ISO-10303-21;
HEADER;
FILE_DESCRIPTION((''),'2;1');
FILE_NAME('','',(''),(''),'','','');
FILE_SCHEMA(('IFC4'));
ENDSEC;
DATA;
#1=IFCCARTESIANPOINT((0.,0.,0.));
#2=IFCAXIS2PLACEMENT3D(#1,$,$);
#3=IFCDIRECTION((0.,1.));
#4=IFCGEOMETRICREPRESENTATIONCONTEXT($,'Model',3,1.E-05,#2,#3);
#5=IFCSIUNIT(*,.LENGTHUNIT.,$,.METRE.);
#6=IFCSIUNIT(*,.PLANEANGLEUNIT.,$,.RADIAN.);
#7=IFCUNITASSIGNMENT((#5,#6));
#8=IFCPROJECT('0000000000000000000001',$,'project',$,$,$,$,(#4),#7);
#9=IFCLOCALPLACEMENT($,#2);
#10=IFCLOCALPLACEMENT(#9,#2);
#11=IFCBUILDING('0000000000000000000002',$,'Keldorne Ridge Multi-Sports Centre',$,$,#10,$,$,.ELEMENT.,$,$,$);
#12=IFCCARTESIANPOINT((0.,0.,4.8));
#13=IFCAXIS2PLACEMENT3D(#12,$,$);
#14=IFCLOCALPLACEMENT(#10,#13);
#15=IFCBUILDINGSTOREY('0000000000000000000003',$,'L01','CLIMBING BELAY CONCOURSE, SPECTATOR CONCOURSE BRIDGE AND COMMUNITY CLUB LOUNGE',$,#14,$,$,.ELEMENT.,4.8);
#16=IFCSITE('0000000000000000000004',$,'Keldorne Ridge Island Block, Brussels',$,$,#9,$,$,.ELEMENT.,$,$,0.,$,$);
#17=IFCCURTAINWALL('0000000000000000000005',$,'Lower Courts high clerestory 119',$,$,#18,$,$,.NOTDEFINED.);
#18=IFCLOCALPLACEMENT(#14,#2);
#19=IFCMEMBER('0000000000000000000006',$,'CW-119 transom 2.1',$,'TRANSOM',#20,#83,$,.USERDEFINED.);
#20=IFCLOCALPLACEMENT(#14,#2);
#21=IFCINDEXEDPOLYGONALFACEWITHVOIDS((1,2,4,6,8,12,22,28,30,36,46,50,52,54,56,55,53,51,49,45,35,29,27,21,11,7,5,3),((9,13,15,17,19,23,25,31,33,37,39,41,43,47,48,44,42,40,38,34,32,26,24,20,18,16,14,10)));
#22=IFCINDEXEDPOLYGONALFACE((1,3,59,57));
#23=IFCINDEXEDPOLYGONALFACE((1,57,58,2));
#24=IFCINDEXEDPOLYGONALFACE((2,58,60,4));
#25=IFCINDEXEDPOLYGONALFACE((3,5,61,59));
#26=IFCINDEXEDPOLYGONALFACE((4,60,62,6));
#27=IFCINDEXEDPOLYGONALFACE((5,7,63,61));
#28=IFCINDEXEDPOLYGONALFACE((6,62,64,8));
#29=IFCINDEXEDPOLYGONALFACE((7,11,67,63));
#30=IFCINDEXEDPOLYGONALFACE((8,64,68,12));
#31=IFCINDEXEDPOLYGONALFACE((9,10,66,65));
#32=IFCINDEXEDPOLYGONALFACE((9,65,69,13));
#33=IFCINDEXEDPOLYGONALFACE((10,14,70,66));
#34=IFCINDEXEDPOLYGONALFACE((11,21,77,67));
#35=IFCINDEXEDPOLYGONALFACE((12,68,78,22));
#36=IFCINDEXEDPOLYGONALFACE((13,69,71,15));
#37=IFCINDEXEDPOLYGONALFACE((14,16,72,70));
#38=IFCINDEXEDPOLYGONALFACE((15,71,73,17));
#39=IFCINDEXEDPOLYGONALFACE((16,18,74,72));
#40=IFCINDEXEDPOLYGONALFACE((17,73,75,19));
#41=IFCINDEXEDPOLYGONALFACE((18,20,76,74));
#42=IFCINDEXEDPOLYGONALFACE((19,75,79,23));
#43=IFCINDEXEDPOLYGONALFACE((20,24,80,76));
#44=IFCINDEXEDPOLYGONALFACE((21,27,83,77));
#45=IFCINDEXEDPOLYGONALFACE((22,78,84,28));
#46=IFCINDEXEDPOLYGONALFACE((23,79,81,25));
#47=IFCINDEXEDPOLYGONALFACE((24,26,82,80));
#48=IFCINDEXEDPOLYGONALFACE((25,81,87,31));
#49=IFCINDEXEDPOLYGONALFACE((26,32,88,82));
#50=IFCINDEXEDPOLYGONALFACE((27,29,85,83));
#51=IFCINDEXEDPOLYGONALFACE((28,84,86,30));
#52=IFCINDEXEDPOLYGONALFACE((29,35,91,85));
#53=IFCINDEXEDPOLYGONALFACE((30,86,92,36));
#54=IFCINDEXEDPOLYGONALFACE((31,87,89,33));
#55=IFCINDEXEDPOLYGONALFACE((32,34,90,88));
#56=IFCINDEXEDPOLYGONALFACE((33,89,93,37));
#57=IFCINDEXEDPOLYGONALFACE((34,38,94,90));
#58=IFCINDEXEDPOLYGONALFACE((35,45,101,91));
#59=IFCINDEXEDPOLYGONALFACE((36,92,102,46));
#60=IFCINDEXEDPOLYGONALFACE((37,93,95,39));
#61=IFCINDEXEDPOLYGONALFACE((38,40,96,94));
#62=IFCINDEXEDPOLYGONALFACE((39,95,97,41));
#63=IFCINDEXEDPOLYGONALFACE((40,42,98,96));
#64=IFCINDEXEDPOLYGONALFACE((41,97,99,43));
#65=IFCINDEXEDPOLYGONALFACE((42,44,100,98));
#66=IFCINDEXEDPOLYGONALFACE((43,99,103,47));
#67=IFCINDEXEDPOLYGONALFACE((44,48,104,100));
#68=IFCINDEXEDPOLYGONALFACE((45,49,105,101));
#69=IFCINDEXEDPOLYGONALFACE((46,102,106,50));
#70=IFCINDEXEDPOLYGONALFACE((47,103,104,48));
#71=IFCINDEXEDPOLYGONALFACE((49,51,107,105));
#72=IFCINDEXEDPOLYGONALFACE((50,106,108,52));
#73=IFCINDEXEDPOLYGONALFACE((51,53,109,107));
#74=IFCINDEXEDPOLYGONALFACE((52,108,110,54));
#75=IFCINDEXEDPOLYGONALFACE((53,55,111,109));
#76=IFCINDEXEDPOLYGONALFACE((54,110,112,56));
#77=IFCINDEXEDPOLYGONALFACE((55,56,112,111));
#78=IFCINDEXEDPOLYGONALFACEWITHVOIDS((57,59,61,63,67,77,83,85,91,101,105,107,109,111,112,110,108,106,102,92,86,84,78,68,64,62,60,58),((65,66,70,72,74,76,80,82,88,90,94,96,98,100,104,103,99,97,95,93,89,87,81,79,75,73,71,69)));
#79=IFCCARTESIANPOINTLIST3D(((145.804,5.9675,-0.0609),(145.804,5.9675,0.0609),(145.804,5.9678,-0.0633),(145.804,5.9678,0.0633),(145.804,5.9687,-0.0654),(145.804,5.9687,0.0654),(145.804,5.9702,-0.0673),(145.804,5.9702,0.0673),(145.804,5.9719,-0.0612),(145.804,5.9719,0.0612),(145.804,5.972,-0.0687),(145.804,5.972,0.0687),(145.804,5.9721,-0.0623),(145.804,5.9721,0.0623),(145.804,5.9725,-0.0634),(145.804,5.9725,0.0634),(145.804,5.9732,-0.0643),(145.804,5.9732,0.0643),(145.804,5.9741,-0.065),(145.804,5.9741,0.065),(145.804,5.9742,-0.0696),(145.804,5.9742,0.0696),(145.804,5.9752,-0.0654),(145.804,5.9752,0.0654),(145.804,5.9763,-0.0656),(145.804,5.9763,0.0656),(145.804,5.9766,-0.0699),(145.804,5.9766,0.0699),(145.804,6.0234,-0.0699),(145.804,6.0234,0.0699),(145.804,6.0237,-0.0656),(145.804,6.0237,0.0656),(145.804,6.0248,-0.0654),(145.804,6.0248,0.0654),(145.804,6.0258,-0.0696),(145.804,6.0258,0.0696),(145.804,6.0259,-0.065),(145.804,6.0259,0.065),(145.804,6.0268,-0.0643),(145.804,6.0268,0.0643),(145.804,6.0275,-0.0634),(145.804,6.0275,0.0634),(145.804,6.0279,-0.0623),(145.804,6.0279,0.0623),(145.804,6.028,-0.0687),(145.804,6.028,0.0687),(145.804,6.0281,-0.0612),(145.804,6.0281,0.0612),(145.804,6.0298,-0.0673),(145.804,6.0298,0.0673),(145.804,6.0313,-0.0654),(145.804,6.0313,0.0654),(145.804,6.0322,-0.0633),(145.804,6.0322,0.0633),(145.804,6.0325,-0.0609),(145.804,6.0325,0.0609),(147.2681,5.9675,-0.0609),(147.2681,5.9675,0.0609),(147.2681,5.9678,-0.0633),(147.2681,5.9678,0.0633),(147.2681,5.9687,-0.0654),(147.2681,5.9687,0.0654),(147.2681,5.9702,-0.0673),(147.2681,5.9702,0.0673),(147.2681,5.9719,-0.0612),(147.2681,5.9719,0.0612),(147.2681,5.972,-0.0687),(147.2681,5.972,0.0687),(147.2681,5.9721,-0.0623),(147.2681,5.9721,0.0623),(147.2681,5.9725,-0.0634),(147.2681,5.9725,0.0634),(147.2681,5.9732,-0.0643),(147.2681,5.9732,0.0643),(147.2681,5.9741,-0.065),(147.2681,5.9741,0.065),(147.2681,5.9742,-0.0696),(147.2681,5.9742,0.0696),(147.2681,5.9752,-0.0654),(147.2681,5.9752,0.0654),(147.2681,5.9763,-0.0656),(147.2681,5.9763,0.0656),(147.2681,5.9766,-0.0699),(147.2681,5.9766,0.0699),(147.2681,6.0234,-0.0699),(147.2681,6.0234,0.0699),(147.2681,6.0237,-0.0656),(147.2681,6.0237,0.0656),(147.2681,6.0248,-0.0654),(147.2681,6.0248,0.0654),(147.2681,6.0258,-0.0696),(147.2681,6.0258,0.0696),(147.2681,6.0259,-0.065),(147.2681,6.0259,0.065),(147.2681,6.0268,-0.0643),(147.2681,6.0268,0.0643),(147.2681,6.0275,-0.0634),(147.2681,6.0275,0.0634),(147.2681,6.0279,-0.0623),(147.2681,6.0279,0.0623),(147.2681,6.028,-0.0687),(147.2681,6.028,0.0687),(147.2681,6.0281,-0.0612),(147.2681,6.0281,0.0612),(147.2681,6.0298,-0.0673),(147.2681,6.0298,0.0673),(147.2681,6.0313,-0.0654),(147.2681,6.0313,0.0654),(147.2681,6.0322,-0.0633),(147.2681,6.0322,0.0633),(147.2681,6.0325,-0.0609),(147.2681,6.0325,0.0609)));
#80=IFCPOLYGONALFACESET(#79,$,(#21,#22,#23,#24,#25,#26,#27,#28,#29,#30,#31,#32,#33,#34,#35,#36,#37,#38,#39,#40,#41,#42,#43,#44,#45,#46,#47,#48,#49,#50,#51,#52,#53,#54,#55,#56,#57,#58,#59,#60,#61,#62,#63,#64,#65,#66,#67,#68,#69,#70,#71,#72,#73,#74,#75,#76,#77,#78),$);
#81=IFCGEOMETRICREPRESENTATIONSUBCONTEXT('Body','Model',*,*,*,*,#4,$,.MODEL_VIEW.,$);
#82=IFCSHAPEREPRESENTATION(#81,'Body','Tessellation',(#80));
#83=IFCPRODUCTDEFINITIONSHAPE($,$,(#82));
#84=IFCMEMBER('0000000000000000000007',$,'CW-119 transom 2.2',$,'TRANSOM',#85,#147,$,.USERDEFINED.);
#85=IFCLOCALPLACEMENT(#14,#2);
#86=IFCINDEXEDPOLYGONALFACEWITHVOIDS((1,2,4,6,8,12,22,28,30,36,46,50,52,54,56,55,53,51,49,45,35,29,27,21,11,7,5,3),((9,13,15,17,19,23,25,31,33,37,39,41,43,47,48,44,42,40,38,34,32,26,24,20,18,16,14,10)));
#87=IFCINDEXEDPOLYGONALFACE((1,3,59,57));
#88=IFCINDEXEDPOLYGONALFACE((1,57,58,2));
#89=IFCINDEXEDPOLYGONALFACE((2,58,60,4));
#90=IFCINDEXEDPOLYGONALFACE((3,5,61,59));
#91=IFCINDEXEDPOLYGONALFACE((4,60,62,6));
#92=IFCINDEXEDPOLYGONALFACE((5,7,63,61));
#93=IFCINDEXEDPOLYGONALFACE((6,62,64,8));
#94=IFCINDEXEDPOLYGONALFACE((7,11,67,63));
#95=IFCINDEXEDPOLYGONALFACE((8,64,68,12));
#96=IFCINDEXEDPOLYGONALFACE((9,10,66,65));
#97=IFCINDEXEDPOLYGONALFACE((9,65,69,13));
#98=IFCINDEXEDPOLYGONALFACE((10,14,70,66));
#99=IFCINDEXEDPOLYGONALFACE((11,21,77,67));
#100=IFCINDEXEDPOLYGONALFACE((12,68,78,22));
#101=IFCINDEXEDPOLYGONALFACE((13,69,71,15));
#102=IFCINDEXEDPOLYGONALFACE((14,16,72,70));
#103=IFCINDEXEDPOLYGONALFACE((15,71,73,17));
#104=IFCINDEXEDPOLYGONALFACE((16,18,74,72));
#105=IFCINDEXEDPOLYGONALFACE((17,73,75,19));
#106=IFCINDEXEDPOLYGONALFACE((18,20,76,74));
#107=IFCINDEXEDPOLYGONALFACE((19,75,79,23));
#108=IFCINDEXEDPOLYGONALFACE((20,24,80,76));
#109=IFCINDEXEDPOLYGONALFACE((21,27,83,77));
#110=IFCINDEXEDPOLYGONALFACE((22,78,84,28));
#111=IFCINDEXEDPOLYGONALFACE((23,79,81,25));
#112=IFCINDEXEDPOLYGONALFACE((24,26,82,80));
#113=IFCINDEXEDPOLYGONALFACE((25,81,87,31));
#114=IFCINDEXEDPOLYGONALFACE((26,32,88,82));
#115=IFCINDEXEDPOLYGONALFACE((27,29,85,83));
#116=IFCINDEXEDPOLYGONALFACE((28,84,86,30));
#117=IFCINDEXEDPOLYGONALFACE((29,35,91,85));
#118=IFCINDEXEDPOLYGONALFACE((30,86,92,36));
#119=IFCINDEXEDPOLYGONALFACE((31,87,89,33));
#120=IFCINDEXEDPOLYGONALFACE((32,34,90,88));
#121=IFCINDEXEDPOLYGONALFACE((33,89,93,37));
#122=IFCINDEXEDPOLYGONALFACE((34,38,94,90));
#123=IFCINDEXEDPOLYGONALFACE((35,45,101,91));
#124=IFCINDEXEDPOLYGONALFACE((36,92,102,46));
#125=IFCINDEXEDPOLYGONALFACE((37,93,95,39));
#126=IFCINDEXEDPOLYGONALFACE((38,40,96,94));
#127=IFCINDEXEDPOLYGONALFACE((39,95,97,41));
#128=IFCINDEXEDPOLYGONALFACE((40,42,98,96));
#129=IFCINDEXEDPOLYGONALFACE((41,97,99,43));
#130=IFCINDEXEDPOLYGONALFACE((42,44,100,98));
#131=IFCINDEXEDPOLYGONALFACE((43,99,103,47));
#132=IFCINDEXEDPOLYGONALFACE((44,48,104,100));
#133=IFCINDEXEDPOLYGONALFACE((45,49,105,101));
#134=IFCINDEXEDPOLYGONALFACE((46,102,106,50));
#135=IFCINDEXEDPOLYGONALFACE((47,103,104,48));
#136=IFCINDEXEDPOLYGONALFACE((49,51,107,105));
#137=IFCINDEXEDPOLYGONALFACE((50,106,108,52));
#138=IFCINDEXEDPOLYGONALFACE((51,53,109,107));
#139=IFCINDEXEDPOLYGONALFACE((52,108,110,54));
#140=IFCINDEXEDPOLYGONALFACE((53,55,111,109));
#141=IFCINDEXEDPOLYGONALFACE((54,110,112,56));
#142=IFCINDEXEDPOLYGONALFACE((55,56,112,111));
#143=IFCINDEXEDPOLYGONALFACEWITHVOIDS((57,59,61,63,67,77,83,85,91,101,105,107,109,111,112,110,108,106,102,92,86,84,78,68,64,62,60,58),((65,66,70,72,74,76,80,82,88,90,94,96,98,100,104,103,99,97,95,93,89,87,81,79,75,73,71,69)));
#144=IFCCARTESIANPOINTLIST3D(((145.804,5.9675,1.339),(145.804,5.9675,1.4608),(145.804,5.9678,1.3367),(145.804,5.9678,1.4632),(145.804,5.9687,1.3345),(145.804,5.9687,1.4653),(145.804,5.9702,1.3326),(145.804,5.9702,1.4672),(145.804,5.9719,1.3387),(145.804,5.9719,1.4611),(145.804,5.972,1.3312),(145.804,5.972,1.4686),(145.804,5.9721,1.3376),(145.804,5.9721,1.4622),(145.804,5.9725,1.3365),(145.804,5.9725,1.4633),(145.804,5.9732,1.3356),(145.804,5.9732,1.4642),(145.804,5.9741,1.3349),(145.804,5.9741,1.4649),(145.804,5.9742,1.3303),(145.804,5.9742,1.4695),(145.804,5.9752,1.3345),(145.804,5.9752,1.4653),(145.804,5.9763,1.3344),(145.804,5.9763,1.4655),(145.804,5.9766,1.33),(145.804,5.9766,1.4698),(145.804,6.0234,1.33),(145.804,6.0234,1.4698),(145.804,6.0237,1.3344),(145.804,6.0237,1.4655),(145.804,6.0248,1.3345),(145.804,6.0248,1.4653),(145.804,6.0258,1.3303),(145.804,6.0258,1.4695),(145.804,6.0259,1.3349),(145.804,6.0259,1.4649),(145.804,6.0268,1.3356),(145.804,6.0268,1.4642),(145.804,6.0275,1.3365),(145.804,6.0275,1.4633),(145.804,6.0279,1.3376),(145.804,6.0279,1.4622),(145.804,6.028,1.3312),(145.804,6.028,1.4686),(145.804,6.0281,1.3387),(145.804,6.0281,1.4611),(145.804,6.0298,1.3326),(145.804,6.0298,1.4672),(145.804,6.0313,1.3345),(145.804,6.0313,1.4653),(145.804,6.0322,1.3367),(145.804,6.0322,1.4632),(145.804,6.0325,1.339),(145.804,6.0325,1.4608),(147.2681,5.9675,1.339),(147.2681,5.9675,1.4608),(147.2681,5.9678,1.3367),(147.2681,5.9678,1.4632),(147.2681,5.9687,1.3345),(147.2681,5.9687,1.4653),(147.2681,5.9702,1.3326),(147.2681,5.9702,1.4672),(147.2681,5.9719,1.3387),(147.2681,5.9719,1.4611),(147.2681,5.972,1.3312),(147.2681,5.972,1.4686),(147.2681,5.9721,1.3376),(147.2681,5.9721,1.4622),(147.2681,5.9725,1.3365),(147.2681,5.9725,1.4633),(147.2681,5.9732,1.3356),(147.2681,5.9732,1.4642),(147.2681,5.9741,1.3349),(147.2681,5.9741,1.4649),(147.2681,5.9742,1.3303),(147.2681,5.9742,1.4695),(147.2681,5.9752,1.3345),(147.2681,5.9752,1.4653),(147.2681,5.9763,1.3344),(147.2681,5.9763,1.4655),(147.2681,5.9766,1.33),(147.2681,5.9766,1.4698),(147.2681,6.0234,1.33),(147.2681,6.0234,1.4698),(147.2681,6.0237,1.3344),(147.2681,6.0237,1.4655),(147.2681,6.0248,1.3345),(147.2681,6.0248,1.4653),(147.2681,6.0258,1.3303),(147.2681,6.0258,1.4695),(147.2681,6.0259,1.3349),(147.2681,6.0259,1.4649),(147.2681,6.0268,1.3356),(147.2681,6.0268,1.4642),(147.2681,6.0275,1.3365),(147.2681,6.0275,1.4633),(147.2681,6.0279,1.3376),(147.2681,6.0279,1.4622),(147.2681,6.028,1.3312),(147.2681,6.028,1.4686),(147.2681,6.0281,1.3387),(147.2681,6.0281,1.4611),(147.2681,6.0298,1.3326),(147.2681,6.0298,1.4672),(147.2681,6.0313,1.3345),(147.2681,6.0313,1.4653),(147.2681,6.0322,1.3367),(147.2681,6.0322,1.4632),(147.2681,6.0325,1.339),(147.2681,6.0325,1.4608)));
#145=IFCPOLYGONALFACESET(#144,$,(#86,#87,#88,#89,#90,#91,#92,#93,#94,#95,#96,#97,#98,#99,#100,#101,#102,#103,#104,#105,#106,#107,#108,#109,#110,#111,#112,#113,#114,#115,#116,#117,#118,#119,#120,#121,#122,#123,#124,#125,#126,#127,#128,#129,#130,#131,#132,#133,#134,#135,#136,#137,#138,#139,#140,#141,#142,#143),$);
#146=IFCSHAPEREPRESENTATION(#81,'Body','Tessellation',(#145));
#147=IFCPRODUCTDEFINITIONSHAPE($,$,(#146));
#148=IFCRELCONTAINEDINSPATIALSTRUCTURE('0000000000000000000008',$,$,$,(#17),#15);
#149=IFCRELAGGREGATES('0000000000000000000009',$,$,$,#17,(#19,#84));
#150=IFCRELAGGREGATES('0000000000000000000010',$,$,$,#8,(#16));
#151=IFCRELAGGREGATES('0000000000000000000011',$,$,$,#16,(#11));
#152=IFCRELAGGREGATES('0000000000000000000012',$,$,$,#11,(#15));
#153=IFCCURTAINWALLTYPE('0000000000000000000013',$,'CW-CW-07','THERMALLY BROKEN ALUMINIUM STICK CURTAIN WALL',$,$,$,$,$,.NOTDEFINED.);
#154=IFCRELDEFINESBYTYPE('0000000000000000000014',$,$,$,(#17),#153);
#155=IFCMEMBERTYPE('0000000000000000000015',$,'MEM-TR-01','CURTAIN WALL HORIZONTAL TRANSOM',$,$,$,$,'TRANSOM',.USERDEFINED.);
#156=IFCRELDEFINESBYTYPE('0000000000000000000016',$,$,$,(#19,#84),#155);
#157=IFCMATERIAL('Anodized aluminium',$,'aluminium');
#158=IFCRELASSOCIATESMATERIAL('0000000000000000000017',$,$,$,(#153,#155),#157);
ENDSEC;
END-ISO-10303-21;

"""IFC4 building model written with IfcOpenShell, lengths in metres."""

from ifc_helpers import new_model, si_unit, direction, frame, origin, origin_2d, place, context, subcontext, project, spatial, hollow_rectangle, extrude, material, material_profile, profile_set, type_object, element, aggregate, save


model = new_model("IFC4")

# Units and contexts
model_context = context("Model", 3, precision=1e-05, world=origin(), true_north=direction((0.0, 1.0)))
body_context = subcontext(model_context, "Body", "Model", "MODEL_VIEW")
ifc_project = project(units=[si_unit("LENGTHUNIT", "METRE"), si_unit("PLANEANGLEUNIT", "RADIAN")], contexts=[model_context])

# Site, building, storey
site_placement = place(None, origin())
site = spatial("IfcSite", under=ifc_project, at=site_placement, Name="Keldorne Ridge Island Block, Brussels", CompositionType="ELEMENT", RefElevation=0.0)
building_placement = place(site_placement, origin())
building = spatial("IfcBuilding", under=site, at=building_placement, Name="Keldorne Ridge Multi-Sports Centre", CompositionType="ELEMENT")
storey_placement = place(building_placement, frame((0.0, 0.0, 4.8)))
storey = spatial("IfcBuildingStorey", under=building, at=storey_placement, Name="L01", Description="CLIMBING BELAY CONCOURSE, SPECTATOR CONCOURSE BRIDGE AND COMMUNITY CLUB LOUNGE", CompositionType="ELEMENT", Elevation=4.8)

# Curtain wall, members
ifc_material_1 = material(Name="Anodized aluminium", Category="aluminium")
curtain_wall_type = type_object("IfcCurtainWallType", Name="CW-CW-07", Description="THERMALLY BROKEN ALUMINIUM STICK CURTAIN WALL", PredefinedType="NOTDEFINED", material=ifc_material_1)
curtain_wall_placement = place(storey_placement, origin())
curtain_wall = element("IfcCurtainWall", 1, at=curtain_wall_placement, inside=storey, type_object=curtain_wall_type, Name="Lower Courts high clerestory 119", PredefinedType="NOTDEFINED")
ifc_material_profile_1 = material_profile(ifc_material_1, hollow_rectangle(XDim=0.0649, YDim=0.1399, WallThickness=0.0044, InnerFilletRadius=0.0044, OuterFilletRadius=0.009, at=origin_2d()), Name="ALU TRANSOM 140x65x4.5")
ifc_profile_set_1 = profile_set([ifc_material_profile_1], Name="Anodized aluminium")
member_type_1 = type_object("IfcMemberType", Name="MEM-TR-01", Description="CURTAIN WALL HORIZONTAL TRANSOM", ElementType="TRANSOM", PredefinedType="USERDEFINED", material=ifc_profile_set_1)
member_1_placement = place(storey_placement, frame((145.804, 6.0, 0.0), z_axis=(1.0, 0.0, 0.0), x_axis=(0.0, 1.0, 0.0)))
member_1 = element("IfcMember", 2, at=member_1_placement, type_object=member_type_1, Name="CW-119 transom 2.1", ObjectType="TRANSOM", PredefinedType="USERDEFINED", context=body_context, shape_type="SweptSolid", body=[
    extrude(hollow_rectangle(XDim=0.0649, YDim=0.1399, WallThickness=0.0044, InnerFilletRadius=0.0044, OuterFilletRadius=0.009, at=origin_2d()), origin(), (0.0, 0.0, 1.0), 1.4641),
])
member_2_placement = place(storey_placement, frame((145.804, 6.0, 1.3999), z_axis=(1.0, 0.0, 0.0), x_axis=(0.0, 1.0, 0.0)))
member_2 = element("IfcMember", 3, at=member_2_placement, type_object=member_type_1, Name="CW-119 transom 2.2", ObjectType="TRANSOM", PredefinedType="USERDEFINED", context=body_context, shape_type="SweptSolid", body=[
    extrude(hollow_rectangle(XDim=0.0649, YDim=0.1399, WallThickness=0.0044, InnerFilletRadius=0.0044, OuterFilletRadius=0.009, at=origin_2d()), origin(), (0.0, 0.0, 1.0), 1.4641),
])
aggregate(curtain_wall, [member_1, member_2])

save(model, "model.ifc")
